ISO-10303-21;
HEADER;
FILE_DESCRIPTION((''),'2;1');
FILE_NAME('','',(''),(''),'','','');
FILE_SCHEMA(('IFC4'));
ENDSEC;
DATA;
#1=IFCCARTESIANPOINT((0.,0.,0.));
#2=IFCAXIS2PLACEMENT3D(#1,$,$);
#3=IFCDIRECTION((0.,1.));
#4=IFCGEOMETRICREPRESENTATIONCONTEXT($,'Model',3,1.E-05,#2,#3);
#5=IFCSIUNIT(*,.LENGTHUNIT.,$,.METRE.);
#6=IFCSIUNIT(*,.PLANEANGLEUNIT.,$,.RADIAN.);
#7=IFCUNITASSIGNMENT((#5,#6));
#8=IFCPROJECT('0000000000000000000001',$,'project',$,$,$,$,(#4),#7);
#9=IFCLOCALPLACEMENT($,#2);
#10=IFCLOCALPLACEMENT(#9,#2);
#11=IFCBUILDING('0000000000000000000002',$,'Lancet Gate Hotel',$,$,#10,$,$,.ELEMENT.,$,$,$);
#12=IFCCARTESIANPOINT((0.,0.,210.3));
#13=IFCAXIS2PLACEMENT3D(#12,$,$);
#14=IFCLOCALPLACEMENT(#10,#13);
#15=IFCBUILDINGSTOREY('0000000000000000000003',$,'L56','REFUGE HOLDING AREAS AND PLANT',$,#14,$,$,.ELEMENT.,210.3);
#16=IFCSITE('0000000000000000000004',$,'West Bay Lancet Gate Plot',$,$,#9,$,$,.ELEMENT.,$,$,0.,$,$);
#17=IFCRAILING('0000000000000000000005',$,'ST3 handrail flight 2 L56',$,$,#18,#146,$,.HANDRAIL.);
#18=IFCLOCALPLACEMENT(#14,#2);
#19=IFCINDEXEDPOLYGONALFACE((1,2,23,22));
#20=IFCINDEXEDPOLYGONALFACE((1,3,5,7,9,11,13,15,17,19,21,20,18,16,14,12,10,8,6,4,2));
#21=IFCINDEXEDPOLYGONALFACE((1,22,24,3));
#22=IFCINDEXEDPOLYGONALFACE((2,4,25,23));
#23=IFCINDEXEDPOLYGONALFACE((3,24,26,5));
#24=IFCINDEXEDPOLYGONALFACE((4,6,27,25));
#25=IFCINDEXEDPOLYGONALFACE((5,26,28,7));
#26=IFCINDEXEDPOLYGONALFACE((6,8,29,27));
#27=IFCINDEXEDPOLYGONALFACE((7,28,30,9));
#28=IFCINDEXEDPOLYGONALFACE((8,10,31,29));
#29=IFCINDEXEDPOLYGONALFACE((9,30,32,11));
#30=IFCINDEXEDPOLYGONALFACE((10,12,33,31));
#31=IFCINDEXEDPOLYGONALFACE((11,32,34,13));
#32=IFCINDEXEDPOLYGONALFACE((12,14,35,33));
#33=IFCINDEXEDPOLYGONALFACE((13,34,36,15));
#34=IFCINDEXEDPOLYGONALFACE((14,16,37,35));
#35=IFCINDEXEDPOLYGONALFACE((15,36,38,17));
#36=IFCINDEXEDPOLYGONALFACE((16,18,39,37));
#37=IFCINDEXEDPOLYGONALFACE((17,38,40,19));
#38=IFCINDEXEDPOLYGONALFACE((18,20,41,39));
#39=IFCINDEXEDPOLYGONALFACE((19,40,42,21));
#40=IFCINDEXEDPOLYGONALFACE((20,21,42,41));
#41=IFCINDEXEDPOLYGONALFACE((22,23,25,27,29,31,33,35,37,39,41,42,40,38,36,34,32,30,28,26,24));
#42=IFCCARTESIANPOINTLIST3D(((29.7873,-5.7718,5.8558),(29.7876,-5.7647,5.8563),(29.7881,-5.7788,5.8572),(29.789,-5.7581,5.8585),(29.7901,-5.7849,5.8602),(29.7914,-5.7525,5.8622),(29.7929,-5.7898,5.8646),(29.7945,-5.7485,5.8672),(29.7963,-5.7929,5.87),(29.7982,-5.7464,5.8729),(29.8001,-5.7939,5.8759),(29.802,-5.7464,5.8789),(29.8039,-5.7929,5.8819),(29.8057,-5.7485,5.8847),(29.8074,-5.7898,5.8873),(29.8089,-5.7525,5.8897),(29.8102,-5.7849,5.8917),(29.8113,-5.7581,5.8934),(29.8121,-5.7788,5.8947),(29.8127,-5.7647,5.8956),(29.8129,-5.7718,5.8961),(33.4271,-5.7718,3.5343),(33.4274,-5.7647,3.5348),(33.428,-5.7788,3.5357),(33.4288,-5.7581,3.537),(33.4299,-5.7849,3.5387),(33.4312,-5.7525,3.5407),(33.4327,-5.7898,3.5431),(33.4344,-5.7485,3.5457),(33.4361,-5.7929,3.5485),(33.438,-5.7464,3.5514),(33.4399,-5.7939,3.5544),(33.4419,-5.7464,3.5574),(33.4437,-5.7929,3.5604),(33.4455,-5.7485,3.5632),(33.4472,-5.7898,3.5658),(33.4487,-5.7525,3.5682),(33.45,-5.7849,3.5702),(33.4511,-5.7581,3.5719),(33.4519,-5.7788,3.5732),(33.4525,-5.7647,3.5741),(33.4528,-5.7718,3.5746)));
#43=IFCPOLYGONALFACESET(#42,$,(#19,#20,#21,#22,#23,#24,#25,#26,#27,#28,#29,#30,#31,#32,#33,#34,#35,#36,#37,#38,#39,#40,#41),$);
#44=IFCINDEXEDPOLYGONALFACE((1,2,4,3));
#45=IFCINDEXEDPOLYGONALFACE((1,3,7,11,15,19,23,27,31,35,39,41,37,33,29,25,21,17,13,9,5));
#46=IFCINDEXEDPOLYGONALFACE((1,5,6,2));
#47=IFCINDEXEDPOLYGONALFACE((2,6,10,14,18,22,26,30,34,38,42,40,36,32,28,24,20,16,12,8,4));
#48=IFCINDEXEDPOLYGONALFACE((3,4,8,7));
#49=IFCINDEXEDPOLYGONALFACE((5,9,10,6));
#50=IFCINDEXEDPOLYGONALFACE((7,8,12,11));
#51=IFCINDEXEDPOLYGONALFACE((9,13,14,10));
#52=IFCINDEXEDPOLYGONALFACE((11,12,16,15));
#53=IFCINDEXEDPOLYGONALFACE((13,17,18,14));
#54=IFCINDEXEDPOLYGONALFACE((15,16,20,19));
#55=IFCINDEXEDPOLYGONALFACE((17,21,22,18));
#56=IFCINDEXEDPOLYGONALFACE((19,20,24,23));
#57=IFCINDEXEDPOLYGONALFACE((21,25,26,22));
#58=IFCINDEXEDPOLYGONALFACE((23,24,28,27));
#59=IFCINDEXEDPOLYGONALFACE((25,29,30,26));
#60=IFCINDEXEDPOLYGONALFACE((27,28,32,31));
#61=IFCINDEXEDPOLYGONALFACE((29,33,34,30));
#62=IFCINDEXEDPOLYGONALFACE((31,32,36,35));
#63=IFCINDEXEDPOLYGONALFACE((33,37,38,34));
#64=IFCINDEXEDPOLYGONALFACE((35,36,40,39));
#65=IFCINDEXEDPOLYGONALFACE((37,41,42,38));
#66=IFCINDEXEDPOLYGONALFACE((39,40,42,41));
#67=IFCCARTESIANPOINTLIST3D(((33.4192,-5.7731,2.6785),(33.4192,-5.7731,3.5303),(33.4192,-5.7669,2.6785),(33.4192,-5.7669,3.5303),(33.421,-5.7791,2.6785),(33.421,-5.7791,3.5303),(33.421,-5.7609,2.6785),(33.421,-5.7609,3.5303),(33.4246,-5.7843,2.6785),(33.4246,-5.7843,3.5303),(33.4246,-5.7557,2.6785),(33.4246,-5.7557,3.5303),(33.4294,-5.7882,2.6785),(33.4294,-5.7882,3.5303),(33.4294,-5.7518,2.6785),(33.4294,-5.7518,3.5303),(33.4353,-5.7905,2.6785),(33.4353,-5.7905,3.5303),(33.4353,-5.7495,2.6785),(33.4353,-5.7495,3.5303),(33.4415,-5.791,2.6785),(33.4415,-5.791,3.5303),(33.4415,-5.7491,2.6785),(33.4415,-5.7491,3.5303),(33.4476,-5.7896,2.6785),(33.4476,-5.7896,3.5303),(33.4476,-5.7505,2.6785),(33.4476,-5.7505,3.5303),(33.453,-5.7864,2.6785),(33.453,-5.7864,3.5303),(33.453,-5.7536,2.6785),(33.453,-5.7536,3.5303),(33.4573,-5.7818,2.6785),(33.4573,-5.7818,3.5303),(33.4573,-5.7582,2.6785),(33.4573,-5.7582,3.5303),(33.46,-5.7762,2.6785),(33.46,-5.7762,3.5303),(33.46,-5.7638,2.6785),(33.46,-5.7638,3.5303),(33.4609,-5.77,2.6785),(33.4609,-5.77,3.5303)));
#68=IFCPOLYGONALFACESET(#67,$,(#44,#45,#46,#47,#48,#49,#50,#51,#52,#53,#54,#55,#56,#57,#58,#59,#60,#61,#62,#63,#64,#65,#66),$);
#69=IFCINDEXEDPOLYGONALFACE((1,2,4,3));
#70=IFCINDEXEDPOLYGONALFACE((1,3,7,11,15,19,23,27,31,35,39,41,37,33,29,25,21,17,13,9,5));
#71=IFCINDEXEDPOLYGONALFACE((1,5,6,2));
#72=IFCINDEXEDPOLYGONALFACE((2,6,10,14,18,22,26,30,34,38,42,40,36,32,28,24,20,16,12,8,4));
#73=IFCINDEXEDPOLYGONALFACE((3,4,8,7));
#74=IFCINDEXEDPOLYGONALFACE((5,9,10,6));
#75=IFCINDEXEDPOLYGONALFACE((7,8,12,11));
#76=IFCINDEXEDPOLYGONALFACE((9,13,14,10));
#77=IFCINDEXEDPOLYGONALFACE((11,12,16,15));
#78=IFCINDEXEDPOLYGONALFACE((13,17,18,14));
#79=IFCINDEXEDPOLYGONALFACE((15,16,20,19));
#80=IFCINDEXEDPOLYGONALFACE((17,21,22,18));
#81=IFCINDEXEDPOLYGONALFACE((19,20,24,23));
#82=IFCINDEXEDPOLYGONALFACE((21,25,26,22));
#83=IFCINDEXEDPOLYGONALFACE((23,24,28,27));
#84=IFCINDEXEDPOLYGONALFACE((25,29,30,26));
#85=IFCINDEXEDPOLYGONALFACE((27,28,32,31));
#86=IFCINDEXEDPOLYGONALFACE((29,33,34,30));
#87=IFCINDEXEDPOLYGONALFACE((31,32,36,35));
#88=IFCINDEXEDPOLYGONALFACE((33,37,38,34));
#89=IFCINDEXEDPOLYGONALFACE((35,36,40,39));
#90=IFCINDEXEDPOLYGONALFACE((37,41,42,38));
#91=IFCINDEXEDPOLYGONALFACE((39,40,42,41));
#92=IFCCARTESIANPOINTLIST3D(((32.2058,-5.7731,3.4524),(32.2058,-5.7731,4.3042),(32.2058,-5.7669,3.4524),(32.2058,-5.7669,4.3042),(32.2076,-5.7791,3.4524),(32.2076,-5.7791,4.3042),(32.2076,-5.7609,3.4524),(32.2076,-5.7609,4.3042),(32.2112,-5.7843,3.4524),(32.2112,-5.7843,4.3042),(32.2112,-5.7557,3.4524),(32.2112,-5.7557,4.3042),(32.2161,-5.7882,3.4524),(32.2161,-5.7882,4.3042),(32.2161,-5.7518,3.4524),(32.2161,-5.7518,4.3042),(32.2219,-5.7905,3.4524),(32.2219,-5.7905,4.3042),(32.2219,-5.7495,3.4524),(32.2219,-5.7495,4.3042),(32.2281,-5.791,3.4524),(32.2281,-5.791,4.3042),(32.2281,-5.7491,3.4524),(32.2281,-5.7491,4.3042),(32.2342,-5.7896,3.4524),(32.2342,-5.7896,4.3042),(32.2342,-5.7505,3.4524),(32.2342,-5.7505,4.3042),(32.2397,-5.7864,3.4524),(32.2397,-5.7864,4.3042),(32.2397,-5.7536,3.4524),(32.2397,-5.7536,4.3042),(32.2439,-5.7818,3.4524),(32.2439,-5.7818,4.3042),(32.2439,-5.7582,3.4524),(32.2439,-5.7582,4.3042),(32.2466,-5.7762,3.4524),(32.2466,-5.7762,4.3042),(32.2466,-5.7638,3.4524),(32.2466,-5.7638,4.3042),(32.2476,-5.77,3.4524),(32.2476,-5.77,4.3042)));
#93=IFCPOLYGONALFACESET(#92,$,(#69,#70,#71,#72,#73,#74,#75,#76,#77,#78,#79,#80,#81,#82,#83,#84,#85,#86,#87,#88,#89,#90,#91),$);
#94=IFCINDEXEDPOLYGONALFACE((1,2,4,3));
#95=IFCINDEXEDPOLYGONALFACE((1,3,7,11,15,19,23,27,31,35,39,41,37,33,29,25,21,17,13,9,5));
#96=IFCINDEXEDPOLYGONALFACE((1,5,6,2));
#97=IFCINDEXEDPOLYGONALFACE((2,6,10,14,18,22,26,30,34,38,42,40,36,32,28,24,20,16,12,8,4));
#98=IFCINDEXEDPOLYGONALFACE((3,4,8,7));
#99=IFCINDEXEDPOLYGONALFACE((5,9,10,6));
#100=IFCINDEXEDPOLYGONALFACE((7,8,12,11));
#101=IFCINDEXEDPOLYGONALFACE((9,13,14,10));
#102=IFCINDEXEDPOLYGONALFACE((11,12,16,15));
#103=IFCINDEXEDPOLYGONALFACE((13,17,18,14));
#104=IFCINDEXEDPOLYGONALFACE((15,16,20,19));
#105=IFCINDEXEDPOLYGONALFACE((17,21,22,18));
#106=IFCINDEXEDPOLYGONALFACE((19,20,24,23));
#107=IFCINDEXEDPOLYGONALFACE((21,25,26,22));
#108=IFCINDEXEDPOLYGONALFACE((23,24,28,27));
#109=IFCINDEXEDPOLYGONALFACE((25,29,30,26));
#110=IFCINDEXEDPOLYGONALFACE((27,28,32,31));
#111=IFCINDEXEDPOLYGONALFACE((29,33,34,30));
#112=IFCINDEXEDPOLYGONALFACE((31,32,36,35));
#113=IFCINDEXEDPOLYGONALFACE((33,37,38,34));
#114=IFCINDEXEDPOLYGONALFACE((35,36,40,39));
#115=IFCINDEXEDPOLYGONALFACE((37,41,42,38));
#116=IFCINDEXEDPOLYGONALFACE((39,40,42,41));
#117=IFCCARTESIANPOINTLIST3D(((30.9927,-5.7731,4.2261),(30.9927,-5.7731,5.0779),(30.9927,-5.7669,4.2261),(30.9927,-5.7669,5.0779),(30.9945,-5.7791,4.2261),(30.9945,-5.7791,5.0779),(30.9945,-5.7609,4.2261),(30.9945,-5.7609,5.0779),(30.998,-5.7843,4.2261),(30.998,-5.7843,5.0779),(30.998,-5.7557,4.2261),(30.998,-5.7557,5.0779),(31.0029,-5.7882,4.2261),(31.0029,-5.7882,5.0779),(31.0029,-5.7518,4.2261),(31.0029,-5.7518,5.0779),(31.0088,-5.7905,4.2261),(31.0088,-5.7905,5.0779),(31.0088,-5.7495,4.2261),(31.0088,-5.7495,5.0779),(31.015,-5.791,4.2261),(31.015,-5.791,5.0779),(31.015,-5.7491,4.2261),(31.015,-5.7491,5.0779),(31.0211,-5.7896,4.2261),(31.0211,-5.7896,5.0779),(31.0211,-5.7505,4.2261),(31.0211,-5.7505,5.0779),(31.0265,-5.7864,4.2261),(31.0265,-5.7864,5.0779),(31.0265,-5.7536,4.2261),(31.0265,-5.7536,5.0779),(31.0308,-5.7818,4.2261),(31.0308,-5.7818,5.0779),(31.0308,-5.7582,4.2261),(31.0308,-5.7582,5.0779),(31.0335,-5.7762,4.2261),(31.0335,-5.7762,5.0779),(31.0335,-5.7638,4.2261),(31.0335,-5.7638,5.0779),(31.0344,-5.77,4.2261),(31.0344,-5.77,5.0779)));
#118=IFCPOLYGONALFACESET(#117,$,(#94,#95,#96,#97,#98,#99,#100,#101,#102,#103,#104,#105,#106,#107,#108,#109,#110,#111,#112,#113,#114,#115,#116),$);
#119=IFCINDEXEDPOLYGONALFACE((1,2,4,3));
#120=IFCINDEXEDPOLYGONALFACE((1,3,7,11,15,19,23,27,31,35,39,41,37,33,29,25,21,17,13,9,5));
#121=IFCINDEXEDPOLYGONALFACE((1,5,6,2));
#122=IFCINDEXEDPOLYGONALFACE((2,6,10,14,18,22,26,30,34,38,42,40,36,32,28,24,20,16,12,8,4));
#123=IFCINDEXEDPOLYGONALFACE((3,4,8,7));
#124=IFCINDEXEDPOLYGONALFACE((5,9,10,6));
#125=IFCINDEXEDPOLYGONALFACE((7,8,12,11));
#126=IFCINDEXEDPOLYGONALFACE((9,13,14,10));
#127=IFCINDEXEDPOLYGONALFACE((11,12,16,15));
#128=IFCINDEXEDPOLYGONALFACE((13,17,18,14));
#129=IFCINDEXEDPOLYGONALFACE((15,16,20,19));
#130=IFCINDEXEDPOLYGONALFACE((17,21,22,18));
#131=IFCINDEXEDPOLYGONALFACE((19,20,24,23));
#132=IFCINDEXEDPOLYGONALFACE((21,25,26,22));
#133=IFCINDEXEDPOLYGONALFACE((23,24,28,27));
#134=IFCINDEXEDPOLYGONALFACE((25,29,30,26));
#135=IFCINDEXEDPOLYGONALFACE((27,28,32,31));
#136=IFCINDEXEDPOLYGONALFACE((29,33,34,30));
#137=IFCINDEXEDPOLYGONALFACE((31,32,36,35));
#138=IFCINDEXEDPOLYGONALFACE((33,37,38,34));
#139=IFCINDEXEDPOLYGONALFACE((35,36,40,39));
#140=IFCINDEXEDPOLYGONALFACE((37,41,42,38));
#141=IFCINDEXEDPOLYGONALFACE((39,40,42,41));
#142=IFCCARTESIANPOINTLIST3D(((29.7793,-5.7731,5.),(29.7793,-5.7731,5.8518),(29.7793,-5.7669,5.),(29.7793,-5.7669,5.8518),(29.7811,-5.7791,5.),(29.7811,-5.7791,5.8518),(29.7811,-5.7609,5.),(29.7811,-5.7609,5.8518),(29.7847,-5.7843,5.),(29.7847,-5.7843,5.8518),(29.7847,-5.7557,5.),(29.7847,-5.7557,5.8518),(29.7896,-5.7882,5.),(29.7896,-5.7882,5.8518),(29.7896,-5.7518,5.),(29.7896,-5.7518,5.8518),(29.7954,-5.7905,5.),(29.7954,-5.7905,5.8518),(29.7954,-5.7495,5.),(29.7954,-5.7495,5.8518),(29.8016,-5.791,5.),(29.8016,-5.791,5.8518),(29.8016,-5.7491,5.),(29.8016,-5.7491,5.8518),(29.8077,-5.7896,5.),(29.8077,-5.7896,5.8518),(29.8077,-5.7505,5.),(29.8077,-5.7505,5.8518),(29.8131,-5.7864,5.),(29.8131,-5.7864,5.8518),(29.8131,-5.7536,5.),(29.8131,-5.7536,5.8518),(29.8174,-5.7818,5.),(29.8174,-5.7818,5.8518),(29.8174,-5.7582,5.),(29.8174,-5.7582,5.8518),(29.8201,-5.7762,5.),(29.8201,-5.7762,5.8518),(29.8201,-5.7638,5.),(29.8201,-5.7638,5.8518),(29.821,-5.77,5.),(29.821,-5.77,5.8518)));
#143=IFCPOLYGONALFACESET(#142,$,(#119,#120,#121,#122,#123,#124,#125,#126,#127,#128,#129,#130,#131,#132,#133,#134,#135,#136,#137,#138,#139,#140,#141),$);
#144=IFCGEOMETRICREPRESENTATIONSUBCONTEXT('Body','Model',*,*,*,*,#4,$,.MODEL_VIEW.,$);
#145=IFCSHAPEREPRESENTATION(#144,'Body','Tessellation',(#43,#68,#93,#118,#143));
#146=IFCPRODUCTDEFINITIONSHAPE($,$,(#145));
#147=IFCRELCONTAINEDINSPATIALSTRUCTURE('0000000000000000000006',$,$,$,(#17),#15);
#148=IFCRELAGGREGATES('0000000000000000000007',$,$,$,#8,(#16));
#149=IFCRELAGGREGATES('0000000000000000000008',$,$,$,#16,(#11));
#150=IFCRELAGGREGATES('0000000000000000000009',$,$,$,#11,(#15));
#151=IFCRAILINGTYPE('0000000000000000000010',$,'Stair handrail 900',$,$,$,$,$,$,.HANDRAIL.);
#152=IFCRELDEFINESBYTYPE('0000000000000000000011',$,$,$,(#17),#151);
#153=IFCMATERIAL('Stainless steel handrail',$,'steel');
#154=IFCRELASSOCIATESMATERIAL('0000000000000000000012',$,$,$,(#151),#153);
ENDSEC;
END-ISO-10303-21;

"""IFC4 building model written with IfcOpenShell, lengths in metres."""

from ifc_helpers import new_model, si_unit, direction, frame, origin, origin_2d, place, context, subcontext, project, spatial, circle, extrude, material, type_object, element, save


model = new_model("IFC4")

# Units and contexts
model_context = context("Model", 3, precision=1e-05, world=origin(), true_north=direction((0.0, 1.0)))
body_context = subcontext(model_context, "Body", "Model", "MODEL_VIEW")
ifc_project = project(units=[si_unit("LENGTHUNIT", "METRE"), si_unit("PLANEANGLEUNIT", "RADIAN")], contexts=[model_context])

# Site, building, storey
site_placement = place(None, origin())
site = spatial("IfcSite", under=ifc_project, at=site_placement, Name="West Bay Lancet Gate Plot", CompositionType="ELEMENT", RefElevation=0.0)
building_placement = place(site_placement, origin())
building = spatial("IfcBuilding", under=site, at=building_placement, Name="Lancet Gate Hotel", CompositionType="ELEMENT")
storey_placement = place(building_placement, frame((0.0, 0.0, 210.3)))
storey = spatial("IfcBuildingStorey", under=building, at=storey_placement, Name="L56", Description="REFUGE HOLDING AREAS AND PLANT", CompositionType="ELEMENT", Elevation=210.3)

# Railing
ifc_material_1 = material(Name="Stainless steel handrail", Category="steel")
railing_type = type_object("IfcRailingType", Name="Stair handrail 900", PredefinedType="HANDRAIL", material=ifc_material_1)
railing_1_placement = place(storey_placement, frame((33.4399, -5.77, 2.6785)))
element("IfcRailing", 1, at=railing_1_placement, inside=storey, type_object=railing_type, Name="ST3 handrail flight 2 L56", PredefinedType="HANDRAIL", context=body_context, shape_type="SweptSolid", body=[
    extrude(circle(Radius=0.0239, at=origin_2d()), frame((0.0, 0.0, 0.876), z_axis=(-0.843112, 0.0, 0.537739), x_axis=(0.0, -1.0, 0.0)), (0.0, 0.0, 1.0), 4.3171),
    extrude(circle(Radius=0.021, at=origin_2d()), origin(), (0.0, 0.0, 1.0), 0.8518),
    extrude(circle(Radius=0.021, at=origin_2d()), frame((-1.2134, 0.0, 0.7739)), (0.0, 0.0, 1.0), 0.8518),
    extrude(circle(Radius=0.021, at=origin_2d()), frame((-2.4265, 0.0, 1.5476)), (0.0, 0.0, 1.0), 0.8518),
    extrude(circle(Radius=0.021, at=origin_2d()), frame((-3.6399, 0.0, 2.3215)), (0.0, 0.0, 1.0), 0.8518),
])

save(model, "model.ifc")
